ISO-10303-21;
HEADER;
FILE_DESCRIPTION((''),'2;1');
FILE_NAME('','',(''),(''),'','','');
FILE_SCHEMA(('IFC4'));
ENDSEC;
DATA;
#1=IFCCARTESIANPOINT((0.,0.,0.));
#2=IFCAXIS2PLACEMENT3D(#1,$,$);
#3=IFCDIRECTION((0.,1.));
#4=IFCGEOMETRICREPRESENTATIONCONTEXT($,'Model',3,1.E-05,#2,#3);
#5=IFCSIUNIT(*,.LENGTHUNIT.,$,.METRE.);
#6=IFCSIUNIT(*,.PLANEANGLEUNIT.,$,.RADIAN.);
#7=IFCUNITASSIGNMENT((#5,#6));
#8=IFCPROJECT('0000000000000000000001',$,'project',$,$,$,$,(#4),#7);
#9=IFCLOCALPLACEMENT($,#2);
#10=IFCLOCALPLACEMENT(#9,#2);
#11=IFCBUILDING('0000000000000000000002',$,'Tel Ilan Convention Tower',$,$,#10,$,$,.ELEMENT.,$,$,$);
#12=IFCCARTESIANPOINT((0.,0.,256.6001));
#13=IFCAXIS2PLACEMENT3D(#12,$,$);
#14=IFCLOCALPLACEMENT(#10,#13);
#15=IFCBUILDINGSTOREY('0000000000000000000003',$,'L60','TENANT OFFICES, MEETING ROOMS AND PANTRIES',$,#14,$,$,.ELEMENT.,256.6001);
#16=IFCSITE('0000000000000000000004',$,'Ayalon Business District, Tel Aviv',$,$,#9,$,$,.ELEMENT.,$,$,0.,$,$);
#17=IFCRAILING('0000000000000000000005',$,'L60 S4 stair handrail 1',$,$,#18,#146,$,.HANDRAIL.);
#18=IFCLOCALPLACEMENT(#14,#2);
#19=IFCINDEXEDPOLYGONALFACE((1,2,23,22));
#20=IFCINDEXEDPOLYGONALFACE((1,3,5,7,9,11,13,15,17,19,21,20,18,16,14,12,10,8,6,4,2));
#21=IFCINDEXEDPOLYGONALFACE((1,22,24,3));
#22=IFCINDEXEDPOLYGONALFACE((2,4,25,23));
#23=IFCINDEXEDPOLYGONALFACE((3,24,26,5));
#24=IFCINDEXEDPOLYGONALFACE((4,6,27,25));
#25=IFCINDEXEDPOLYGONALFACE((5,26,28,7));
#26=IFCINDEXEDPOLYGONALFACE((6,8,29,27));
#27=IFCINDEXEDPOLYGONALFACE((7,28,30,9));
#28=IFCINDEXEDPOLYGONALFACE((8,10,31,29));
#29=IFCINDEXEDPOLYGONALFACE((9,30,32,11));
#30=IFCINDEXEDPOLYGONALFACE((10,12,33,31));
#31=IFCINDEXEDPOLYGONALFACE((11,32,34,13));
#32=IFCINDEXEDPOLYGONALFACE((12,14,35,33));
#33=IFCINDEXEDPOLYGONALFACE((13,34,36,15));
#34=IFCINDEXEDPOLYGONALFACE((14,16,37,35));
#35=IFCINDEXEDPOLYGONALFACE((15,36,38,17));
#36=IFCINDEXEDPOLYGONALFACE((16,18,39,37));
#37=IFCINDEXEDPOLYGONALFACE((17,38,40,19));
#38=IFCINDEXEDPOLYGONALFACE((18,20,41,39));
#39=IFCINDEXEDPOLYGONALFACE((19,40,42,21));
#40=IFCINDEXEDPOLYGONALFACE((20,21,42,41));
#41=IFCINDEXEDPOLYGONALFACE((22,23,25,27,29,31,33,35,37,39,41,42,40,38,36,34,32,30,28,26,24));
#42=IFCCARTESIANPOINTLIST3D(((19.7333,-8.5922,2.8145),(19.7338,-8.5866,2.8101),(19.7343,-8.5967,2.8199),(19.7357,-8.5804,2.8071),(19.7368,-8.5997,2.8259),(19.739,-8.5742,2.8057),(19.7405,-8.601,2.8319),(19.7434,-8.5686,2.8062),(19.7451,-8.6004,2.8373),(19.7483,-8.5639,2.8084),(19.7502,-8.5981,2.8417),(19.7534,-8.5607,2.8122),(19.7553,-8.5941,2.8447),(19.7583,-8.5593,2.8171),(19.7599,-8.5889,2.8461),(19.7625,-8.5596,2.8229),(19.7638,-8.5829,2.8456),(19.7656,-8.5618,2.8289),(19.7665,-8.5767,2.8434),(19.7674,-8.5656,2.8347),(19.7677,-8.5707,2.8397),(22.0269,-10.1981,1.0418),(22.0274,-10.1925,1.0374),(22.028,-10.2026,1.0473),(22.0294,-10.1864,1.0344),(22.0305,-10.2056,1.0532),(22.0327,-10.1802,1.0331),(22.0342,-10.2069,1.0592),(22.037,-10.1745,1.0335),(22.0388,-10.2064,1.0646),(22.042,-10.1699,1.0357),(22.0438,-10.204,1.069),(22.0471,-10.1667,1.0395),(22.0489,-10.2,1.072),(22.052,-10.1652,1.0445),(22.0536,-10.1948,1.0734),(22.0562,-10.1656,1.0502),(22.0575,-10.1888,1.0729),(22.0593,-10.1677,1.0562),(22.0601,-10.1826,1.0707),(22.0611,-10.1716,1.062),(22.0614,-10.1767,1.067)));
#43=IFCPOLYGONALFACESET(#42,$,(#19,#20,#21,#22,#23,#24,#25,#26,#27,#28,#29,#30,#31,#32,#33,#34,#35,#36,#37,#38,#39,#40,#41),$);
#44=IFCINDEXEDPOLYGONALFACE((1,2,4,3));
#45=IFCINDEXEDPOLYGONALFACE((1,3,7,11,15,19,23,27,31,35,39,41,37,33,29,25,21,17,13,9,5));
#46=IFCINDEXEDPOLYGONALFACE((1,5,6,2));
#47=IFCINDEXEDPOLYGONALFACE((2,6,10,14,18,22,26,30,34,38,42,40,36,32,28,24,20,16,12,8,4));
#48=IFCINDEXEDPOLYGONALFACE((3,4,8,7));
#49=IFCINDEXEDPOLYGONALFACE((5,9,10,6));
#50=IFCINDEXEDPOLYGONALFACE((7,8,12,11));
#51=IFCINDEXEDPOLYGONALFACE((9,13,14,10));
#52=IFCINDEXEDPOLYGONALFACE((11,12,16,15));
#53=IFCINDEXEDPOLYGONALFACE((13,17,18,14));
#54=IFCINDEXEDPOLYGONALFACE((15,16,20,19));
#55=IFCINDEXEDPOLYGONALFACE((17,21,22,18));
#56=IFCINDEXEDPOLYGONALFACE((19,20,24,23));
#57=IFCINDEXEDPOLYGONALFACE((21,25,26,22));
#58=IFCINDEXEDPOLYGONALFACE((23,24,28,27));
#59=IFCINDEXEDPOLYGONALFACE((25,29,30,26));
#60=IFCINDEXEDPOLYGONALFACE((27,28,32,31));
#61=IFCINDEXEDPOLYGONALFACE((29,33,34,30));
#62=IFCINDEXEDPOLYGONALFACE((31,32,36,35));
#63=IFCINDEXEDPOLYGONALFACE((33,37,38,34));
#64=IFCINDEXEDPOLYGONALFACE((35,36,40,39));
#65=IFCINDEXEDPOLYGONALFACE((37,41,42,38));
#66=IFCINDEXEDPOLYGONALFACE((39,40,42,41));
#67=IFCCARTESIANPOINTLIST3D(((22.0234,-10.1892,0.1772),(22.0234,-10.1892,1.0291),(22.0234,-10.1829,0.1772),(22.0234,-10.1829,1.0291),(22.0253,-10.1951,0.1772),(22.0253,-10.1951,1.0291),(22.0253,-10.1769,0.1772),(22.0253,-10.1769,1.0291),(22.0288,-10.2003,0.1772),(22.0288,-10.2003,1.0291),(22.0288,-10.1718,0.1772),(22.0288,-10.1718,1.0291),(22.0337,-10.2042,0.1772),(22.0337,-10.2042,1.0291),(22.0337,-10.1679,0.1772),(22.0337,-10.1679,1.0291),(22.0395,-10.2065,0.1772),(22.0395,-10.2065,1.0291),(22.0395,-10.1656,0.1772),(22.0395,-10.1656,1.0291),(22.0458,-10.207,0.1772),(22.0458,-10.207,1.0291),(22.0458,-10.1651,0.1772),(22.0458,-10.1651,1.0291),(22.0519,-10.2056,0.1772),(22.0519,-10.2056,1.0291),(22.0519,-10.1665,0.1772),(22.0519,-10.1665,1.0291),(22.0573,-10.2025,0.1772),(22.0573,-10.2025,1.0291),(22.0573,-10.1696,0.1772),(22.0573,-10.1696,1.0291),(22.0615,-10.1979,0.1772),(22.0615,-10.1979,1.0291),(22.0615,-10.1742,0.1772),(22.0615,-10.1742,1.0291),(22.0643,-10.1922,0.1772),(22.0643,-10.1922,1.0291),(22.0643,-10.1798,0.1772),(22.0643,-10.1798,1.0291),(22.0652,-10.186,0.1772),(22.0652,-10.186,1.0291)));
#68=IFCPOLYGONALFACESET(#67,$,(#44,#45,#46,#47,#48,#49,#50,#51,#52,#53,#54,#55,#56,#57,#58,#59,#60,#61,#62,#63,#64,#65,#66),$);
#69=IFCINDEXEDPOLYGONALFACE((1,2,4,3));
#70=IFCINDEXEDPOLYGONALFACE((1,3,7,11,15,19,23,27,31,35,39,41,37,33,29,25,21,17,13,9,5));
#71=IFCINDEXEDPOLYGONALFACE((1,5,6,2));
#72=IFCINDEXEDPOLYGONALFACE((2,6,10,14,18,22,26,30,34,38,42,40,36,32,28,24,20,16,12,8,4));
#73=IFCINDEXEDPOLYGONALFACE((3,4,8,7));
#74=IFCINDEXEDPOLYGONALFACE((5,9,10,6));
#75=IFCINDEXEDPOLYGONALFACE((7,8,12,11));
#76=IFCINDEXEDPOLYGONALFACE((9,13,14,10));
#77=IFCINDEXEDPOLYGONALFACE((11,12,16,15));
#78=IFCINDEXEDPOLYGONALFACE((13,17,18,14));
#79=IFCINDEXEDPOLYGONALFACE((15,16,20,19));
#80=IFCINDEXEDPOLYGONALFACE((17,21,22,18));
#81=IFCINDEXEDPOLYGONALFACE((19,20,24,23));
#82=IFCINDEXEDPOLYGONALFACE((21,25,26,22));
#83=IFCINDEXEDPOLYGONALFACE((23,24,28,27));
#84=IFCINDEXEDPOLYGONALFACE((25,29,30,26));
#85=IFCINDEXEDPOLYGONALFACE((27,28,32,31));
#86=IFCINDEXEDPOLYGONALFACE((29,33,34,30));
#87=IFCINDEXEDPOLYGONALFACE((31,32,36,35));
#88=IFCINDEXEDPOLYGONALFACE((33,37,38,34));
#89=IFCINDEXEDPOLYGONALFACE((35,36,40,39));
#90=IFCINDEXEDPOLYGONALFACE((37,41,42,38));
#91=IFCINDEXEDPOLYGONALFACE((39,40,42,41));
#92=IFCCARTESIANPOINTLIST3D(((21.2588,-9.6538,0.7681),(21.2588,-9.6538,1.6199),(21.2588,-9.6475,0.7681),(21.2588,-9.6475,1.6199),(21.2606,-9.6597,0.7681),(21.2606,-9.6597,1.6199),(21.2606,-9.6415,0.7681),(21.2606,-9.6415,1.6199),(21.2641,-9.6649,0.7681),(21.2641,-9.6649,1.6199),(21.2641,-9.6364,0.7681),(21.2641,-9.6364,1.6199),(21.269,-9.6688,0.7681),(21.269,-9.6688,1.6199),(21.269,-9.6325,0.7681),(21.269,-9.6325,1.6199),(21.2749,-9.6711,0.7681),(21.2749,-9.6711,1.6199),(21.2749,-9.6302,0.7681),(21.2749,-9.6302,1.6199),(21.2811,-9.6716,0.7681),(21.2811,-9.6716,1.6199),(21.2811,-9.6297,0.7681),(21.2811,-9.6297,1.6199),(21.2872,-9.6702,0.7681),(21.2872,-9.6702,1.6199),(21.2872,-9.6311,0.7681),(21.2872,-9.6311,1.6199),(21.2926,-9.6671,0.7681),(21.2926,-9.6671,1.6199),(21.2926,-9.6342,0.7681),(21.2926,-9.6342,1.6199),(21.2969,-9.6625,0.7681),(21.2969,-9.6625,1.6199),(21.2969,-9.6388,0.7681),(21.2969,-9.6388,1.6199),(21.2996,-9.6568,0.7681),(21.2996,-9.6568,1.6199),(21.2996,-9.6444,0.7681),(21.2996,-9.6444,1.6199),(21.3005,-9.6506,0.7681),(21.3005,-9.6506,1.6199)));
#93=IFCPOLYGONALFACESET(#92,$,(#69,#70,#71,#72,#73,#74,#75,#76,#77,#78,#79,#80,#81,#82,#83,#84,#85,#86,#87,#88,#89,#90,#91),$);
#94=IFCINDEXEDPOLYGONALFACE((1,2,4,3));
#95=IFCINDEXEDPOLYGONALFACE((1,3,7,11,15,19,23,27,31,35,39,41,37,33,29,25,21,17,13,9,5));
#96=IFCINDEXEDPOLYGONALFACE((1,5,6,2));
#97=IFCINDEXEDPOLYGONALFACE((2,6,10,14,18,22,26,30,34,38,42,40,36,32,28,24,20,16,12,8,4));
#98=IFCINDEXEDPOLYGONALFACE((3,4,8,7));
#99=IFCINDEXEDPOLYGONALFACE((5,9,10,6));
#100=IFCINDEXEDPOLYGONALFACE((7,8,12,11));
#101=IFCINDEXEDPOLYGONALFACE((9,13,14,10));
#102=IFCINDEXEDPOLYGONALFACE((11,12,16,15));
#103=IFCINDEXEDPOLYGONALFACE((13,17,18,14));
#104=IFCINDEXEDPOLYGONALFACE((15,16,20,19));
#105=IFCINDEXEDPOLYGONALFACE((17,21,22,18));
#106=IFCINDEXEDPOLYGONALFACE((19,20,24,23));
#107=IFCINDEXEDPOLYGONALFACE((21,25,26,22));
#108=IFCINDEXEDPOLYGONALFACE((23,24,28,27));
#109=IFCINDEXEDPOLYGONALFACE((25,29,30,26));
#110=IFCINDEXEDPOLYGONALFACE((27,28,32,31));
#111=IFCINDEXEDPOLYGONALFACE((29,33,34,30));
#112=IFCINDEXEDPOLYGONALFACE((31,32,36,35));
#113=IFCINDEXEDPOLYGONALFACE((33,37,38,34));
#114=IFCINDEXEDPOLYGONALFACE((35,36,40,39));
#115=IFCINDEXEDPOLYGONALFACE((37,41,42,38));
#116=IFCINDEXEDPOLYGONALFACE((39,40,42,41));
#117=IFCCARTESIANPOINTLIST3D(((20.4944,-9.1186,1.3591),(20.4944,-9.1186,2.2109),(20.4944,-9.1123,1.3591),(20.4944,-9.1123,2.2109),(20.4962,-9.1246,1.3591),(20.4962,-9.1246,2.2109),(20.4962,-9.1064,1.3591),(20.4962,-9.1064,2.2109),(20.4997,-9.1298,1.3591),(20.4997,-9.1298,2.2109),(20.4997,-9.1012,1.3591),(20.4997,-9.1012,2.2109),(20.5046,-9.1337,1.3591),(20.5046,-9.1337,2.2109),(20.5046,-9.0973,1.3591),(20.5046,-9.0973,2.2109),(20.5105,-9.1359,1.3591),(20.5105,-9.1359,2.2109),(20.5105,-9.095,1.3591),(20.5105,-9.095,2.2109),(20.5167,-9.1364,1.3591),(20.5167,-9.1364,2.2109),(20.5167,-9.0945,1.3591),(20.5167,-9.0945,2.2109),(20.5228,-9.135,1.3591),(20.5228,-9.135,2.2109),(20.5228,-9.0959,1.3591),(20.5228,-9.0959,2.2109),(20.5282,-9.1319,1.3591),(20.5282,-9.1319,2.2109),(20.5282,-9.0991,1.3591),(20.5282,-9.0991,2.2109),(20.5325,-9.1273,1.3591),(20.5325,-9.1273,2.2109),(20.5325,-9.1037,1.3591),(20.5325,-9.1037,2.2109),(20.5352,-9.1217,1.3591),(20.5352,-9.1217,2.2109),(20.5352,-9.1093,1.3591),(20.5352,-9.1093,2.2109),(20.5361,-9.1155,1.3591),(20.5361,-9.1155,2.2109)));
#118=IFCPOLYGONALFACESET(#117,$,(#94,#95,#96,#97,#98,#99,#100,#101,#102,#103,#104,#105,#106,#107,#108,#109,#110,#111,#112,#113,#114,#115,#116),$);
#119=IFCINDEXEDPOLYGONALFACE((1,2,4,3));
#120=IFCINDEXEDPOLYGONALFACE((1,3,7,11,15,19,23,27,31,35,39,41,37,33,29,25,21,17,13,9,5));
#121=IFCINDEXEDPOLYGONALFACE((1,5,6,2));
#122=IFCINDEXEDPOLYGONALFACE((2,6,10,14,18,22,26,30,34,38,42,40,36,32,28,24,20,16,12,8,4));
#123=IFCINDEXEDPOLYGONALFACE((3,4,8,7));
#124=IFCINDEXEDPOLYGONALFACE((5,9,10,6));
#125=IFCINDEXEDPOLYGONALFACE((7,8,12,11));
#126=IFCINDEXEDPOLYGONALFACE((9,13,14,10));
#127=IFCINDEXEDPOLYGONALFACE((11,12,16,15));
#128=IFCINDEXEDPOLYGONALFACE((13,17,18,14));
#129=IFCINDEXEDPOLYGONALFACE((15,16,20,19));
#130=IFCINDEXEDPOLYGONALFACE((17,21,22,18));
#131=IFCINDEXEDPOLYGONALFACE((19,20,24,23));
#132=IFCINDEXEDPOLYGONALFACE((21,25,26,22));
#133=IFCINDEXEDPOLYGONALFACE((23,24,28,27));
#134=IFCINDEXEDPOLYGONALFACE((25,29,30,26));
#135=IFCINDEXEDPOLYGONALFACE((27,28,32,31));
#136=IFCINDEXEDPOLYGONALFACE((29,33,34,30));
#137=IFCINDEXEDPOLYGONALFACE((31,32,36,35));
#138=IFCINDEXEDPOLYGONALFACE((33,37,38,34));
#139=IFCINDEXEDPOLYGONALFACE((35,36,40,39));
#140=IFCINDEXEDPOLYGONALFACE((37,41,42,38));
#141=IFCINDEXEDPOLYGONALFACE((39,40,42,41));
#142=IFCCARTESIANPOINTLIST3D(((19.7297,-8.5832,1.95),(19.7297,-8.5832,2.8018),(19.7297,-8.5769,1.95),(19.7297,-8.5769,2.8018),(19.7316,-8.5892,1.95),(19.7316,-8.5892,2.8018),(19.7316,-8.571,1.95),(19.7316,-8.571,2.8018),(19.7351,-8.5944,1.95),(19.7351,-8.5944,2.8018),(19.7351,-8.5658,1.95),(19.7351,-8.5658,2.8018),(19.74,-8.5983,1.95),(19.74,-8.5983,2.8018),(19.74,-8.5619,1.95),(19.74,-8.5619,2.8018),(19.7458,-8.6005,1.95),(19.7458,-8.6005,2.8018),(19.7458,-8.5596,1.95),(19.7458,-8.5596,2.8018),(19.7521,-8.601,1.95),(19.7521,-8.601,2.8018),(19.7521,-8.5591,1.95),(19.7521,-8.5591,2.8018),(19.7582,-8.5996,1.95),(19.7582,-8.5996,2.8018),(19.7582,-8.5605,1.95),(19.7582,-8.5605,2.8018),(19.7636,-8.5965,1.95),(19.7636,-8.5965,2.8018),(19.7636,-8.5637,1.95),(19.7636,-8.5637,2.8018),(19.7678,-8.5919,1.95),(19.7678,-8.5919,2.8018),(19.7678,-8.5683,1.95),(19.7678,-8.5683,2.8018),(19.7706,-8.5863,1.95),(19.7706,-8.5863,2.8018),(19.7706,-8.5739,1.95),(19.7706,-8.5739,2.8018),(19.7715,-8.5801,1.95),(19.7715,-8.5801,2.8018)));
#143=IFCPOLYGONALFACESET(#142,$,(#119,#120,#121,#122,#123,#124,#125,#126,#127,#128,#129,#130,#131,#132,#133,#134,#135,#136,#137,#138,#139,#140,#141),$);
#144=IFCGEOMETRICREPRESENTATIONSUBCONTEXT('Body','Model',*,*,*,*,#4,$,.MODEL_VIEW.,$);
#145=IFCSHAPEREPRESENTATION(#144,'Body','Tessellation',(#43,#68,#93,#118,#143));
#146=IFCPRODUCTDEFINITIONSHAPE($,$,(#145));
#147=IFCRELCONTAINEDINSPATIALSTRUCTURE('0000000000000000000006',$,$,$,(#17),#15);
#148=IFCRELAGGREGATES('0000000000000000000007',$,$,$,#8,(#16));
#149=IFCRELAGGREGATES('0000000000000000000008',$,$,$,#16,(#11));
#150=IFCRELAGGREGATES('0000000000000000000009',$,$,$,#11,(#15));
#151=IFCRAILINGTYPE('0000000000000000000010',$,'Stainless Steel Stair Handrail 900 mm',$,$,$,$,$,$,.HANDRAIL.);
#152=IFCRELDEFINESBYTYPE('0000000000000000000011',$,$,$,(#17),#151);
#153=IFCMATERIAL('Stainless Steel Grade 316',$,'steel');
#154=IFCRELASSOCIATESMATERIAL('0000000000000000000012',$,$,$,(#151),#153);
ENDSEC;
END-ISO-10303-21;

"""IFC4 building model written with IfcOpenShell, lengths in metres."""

from ifc_helpers import new_model, si_unit, direction, frame, origin, origin_2d, place, context, subcontext, project, spatial, circle, extrude, material, type_object, element, save


model = new_model("IFC4")

# Units and contexts
model_context = context("Model", 3, precision=1e-05, world=origin(), true_north=direction((0.0, 1.0)))
body_context = subcontext(model_context, "Body", "Model", "MODEL_VIEW")
ifc_project = project(units=[si_unit("LENGTHUNIT", "METRE"), si_unit("PLANEANGLEUNIT", "RADIAN")], contexts=[model_context])

# Site, building, storey
site_placement = place(None, origin())
site = spatial("IfcSite", under=ifc_project, at=site_placement, Name="Ayalon Business District, Tel Aviv", CompositionType="ELEMENT", RefElevation=0.0)
building_placement = place(site_placement, origin())
building = spatial("IfcBuilding", under=site, at=building_placement, Name="Tel Ilan Convention Tower", CompositionType="ELEMENT")
storey_placement = place(building_placement, frame((0.0, 0.0, 256.6001)))
storey = spatial("IfcBuildingStorey", under=building, at=storey_placement, Name="L60", Description="TENANT OFFICES, MEETING ROOMS AND PANTRIES", CompositionType="ELEMENT", Elevation=256.6001)

# Railing
ifc_material_1 = material(Name="Stainless Steel Grade 316", Category="steel")
railing_type_1 = type_object("IfcRailingType", Name="Stainless Steel Stair Handrail 900 mm", PredefinedType="HANDRAIL", material=ifc_material_1)
railing_1_placement = place(storey_placement, frame((22.0442, -10.186, 0.1772)))
element("IfcRailing", 1, at=railing_1_placement, inside=storey, type_object=railing_type_1, Name="L60 S4 stair handrail 1", PredefinedType="HANDRAIL", context=body_context, shape_type="SweptSolid", body=[
    extrude(circle(Radius=0.0239, at=origin_2d()), frame((0.0, 0.0, 0.876), z_axis=(-0.692123, 0.484597, 0.534913), x_axis=(-0.57355, -0.81917, 0.0)), (0.0, 0.0, 1.0), 3.314),
    extrude(circle(Radius=0.021, at=origin_2d()), origin(), (0.0, 0.0, 1.0), 0.8518),
    extrude(circle(Radius=0.021, at=origin_2d()), frame((-0.7646, 0.5354, 0.5908)), (0.0, 0.0, 1.0), 0.8518),
    extrude(circle(Radius=0.021, at=origin_2d()), frame((-1.5291, 1.0706, 1.1819)), (0.0, 0.0, 1.0), 0.8518),
    extrude(circle(Radius=0.021, at=origin_2d()), frame((-2.2937, 1.606, 1.7727)), (0.0, 0.0, 1.0), 0.8518),
])

save(model, "model.ifc")
